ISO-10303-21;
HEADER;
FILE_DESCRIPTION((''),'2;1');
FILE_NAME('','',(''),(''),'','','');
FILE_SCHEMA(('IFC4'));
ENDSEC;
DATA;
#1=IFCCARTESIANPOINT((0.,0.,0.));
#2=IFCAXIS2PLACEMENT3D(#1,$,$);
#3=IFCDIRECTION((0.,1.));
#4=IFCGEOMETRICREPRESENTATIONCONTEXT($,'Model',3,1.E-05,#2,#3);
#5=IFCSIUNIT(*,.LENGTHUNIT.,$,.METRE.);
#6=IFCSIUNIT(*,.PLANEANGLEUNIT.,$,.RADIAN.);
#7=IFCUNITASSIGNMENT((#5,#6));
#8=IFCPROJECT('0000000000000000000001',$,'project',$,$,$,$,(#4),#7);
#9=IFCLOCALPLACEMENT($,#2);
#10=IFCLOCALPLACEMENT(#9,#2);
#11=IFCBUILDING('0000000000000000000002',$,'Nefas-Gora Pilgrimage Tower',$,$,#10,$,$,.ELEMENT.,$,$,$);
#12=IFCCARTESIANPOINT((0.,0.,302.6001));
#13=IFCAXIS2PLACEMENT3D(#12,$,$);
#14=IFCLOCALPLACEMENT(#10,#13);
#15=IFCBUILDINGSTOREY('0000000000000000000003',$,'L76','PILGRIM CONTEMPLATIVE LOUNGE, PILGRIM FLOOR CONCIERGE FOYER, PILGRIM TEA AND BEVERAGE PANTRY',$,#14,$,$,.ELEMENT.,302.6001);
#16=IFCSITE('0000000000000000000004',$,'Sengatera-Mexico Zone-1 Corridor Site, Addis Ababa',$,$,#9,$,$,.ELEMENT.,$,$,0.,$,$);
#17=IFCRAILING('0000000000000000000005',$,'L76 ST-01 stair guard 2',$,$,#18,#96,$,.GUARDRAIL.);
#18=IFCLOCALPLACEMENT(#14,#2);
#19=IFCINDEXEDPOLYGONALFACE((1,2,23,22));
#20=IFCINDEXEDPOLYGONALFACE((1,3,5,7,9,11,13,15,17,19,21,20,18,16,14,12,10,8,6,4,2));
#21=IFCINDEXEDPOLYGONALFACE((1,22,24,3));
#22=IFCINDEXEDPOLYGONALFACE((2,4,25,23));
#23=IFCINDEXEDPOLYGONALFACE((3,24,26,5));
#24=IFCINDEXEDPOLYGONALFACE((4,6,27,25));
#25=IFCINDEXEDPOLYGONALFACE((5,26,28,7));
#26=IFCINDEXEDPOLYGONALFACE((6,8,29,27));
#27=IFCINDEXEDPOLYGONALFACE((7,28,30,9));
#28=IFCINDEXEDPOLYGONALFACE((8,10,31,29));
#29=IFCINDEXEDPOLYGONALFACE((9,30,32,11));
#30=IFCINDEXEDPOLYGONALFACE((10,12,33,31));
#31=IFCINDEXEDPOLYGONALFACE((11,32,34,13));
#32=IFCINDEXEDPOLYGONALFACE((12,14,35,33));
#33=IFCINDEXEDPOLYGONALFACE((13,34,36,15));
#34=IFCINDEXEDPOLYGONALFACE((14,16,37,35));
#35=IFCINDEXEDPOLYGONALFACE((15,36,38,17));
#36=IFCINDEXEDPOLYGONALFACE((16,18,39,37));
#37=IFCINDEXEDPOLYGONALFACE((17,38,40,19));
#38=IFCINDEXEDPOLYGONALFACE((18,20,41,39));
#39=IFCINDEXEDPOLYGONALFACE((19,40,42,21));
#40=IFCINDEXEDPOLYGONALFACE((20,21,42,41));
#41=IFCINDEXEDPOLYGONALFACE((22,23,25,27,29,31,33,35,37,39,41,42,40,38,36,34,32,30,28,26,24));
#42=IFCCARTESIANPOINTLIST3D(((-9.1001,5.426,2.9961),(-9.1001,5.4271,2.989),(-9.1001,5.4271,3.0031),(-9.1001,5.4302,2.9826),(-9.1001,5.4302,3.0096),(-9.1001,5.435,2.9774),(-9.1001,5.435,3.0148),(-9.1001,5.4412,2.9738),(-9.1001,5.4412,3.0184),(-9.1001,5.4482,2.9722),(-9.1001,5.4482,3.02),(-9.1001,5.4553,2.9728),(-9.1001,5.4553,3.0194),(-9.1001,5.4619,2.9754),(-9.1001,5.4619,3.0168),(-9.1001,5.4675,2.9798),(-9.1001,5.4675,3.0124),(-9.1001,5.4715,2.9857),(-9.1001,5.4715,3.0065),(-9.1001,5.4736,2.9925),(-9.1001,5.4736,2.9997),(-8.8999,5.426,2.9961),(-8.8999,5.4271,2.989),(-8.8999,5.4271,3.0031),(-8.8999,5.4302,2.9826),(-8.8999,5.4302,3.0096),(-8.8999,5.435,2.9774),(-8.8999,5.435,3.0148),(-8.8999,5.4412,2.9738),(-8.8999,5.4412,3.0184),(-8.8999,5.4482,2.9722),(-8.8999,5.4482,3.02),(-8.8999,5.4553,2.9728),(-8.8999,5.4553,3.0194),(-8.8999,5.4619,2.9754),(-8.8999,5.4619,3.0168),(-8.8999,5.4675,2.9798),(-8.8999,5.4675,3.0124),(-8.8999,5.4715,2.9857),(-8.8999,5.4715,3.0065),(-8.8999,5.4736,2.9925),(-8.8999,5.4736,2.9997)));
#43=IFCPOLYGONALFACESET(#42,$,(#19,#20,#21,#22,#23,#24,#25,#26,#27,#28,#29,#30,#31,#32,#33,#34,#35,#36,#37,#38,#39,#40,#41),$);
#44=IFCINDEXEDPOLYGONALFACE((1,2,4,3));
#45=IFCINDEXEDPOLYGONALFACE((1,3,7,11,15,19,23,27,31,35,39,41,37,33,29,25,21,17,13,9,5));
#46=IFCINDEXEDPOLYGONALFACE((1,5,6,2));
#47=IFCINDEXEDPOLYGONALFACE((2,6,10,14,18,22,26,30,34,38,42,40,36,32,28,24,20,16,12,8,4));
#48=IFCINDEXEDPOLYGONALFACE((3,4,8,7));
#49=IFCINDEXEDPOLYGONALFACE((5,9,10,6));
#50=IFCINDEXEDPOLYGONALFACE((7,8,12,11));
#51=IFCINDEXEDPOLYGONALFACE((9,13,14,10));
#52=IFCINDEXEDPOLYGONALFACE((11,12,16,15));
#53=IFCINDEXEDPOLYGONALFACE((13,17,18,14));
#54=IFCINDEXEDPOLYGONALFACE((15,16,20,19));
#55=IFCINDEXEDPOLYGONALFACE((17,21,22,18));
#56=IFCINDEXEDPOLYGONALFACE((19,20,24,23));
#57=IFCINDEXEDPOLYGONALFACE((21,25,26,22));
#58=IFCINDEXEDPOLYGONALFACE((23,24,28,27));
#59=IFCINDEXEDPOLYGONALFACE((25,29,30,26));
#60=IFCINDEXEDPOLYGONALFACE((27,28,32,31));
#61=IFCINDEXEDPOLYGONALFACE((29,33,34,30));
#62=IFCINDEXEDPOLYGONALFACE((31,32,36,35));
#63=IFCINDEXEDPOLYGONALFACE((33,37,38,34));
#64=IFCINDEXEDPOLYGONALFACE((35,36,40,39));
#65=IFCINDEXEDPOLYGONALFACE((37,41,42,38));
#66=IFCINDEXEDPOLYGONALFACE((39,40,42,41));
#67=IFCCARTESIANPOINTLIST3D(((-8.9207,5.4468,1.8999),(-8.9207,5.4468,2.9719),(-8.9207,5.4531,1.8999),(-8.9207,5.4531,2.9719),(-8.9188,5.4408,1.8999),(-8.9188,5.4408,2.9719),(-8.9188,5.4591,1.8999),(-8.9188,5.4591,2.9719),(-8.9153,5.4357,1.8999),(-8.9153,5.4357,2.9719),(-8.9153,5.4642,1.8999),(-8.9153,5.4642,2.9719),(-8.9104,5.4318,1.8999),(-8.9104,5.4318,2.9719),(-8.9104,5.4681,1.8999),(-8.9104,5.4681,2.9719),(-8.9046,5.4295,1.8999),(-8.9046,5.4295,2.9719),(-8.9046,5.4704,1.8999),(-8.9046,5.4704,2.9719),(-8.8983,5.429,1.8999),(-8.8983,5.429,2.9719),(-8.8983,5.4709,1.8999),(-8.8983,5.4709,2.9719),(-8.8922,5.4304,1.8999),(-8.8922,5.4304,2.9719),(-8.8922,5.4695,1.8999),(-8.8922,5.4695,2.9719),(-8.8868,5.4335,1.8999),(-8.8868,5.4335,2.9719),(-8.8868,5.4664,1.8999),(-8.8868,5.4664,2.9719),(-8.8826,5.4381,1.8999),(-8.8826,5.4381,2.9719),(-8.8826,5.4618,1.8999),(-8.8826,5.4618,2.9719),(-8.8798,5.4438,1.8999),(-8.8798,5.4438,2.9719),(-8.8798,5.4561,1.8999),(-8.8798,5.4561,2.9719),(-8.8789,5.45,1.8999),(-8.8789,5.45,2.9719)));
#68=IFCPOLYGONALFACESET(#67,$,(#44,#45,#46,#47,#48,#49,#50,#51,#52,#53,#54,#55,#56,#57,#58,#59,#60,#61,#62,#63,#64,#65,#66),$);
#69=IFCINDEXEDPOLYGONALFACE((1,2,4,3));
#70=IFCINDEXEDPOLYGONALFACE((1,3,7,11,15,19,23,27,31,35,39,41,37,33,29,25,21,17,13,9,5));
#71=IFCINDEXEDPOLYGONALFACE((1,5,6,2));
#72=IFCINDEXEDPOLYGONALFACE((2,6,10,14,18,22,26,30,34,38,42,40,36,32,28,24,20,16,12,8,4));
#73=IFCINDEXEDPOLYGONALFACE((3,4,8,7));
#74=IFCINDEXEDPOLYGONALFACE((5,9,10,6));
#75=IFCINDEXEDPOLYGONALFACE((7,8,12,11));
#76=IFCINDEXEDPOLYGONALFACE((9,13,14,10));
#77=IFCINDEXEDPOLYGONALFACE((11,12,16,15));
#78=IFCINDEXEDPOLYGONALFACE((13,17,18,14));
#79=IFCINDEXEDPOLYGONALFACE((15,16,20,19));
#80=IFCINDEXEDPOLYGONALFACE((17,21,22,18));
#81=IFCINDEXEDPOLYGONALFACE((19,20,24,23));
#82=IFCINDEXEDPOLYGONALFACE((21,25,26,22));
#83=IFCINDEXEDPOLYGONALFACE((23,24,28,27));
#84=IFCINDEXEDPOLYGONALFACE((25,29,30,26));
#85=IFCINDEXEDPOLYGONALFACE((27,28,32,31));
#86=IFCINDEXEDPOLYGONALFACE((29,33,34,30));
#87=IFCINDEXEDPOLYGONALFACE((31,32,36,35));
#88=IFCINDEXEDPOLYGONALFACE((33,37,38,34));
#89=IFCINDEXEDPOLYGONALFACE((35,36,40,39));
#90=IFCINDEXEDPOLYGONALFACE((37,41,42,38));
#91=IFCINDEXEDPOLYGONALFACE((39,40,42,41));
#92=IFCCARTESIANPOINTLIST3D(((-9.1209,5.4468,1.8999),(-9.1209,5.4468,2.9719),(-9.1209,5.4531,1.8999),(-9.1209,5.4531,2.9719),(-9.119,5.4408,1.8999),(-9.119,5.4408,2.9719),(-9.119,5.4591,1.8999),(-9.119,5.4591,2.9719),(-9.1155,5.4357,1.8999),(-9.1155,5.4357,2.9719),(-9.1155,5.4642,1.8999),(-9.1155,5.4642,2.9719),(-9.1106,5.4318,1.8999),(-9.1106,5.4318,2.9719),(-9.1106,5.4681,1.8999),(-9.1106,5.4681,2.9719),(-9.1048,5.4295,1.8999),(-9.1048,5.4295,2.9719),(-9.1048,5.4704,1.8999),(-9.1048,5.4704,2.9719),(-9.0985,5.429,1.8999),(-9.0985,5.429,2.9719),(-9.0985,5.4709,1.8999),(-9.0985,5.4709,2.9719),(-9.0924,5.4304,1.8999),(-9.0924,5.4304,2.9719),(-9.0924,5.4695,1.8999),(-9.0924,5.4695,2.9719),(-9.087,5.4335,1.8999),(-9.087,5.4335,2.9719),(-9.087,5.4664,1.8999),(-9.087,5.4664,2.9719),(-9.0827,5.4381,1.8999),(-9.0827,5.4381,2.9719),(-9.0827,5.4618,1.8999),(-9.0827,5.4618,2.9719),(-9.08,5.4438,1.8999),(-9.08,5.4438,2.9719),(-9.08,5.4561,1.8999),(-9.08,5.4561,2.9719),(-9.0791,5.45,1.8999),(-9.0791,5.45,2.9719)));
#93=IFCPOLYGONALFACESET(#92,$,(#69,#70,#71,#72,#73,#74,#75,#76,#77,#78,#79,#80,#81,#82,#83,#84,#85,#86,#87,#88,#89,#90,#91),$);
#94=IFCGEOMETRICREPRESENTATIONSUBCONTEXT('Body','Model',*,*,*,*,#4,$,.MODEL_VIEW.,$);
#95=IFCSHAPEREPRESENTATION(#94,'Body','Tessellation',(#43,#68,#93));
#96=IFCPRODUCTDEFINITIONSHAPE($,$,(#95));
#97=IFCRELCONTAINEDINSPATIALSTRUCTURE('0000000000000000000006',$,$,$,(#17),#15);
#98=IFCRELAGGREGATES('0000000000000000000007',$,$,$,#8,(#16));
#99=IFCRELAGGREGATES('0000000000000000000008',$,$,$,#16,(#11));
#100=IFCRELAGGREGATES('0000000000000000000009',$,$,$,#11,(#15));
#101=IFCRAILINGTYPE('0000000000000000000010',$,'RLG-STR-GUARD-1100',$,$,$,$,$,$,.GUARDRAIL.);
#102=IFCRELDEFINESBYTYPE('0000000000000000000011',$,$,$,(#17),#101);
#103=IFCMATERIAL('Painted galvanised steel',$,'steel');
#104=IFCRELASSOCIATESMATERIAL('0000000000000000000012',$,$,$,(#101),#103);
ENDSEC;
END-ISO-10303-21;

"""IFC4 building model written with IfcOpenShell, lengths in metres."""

from ifc_helpers import new_model, si_unit, direction, frame, origin, origin_2d, place, context, subcontext, project, spatial, circle, extrude, material, type_object, element, save


model = new_model("IFC4")

# Units and contexts
model_context = context("Model", 3, precision=1e-05, world=origin(), true_north=direction((0.0, 1.0)))
body_context = subcontext(model_context, "Body", "Model", "MODEL_VIEW")
ifc_project = project(units=[si_unit("LENGTHUNIT", "METRE"), si_unit("PLANEANGLEUNIT", "RADIAN")], contexts=[model_context])

# Site, building, storey
site_placement = place(None, origin())
site = spatial("IfcSite", under=ifc_project, at=site_placement, Name="Sengatera-Mexico Zone-1 Corridor Site, Addis Ababa", CompositionType="ELEMENT", RefElevation=0.0)
building_placement = place(site_placement, origin())
building = spatial("IfcBuilding", under=site, at=building_placement, Name="Nefas-Gora Pilgrimage Tower", CompositionType="ELEMENT")
storey_placement = place(building_placement, frame((0.0, 0.0, 302.6001)))
storey = spatial("IfcBuildingStorey", under=building, at=storey_placement, Name="L76", Description="PILGRIM CONTEMPLATIVE LOUNGE, PILGRIM FLOOR CONCIERGE FOYER, PILGRIM TEA AND BEVERAGE PANTRY", CompositionType="ELEMENT", Elevation=302.6001)

# Railing
ifc_material_1 = material(Name="Painted galvanised steel", Category="steel")
railing_type_1 = type_object("IfcRailingType", Name="RLG-STR-GUARD-1100", PredefinedType="GUARDRAIL", material=ifc_material_1)
railing_1_placement = place(storey_placement, frame((-8.8999, 5.45, 1.8999)))
element("IfcRailing", 1, at=railing_1_placement, inside=storey, type_object=railing_type_1, Name="L76 ST-01 stair guard 2", PredefinedType="GUARDRAIL", context=body_context, shape_type="SweptSolid", body=[
    extrude(circle(Radius=0.0239, at=origin_2d()), frame((0.0, 0.0, 1.0962), z_axis=(-1.0, 0.0, 0.0), x_axis=(0.0, -1.0, 0.0)), (0.0, 0.0, 1.0), 0.2002),
    extrude(circle(Radius=0.021, at=origin_2d()), origin(), (0.0, 0.0, 1.0), 1.072),
    extrude(circle(Radius=0.021, at=origin_2d()), frame((-0.2002, 0.0, 0.0)), (0.0, 0.0, 1.0), 1.072),
])

save(model, "model.ifc")
